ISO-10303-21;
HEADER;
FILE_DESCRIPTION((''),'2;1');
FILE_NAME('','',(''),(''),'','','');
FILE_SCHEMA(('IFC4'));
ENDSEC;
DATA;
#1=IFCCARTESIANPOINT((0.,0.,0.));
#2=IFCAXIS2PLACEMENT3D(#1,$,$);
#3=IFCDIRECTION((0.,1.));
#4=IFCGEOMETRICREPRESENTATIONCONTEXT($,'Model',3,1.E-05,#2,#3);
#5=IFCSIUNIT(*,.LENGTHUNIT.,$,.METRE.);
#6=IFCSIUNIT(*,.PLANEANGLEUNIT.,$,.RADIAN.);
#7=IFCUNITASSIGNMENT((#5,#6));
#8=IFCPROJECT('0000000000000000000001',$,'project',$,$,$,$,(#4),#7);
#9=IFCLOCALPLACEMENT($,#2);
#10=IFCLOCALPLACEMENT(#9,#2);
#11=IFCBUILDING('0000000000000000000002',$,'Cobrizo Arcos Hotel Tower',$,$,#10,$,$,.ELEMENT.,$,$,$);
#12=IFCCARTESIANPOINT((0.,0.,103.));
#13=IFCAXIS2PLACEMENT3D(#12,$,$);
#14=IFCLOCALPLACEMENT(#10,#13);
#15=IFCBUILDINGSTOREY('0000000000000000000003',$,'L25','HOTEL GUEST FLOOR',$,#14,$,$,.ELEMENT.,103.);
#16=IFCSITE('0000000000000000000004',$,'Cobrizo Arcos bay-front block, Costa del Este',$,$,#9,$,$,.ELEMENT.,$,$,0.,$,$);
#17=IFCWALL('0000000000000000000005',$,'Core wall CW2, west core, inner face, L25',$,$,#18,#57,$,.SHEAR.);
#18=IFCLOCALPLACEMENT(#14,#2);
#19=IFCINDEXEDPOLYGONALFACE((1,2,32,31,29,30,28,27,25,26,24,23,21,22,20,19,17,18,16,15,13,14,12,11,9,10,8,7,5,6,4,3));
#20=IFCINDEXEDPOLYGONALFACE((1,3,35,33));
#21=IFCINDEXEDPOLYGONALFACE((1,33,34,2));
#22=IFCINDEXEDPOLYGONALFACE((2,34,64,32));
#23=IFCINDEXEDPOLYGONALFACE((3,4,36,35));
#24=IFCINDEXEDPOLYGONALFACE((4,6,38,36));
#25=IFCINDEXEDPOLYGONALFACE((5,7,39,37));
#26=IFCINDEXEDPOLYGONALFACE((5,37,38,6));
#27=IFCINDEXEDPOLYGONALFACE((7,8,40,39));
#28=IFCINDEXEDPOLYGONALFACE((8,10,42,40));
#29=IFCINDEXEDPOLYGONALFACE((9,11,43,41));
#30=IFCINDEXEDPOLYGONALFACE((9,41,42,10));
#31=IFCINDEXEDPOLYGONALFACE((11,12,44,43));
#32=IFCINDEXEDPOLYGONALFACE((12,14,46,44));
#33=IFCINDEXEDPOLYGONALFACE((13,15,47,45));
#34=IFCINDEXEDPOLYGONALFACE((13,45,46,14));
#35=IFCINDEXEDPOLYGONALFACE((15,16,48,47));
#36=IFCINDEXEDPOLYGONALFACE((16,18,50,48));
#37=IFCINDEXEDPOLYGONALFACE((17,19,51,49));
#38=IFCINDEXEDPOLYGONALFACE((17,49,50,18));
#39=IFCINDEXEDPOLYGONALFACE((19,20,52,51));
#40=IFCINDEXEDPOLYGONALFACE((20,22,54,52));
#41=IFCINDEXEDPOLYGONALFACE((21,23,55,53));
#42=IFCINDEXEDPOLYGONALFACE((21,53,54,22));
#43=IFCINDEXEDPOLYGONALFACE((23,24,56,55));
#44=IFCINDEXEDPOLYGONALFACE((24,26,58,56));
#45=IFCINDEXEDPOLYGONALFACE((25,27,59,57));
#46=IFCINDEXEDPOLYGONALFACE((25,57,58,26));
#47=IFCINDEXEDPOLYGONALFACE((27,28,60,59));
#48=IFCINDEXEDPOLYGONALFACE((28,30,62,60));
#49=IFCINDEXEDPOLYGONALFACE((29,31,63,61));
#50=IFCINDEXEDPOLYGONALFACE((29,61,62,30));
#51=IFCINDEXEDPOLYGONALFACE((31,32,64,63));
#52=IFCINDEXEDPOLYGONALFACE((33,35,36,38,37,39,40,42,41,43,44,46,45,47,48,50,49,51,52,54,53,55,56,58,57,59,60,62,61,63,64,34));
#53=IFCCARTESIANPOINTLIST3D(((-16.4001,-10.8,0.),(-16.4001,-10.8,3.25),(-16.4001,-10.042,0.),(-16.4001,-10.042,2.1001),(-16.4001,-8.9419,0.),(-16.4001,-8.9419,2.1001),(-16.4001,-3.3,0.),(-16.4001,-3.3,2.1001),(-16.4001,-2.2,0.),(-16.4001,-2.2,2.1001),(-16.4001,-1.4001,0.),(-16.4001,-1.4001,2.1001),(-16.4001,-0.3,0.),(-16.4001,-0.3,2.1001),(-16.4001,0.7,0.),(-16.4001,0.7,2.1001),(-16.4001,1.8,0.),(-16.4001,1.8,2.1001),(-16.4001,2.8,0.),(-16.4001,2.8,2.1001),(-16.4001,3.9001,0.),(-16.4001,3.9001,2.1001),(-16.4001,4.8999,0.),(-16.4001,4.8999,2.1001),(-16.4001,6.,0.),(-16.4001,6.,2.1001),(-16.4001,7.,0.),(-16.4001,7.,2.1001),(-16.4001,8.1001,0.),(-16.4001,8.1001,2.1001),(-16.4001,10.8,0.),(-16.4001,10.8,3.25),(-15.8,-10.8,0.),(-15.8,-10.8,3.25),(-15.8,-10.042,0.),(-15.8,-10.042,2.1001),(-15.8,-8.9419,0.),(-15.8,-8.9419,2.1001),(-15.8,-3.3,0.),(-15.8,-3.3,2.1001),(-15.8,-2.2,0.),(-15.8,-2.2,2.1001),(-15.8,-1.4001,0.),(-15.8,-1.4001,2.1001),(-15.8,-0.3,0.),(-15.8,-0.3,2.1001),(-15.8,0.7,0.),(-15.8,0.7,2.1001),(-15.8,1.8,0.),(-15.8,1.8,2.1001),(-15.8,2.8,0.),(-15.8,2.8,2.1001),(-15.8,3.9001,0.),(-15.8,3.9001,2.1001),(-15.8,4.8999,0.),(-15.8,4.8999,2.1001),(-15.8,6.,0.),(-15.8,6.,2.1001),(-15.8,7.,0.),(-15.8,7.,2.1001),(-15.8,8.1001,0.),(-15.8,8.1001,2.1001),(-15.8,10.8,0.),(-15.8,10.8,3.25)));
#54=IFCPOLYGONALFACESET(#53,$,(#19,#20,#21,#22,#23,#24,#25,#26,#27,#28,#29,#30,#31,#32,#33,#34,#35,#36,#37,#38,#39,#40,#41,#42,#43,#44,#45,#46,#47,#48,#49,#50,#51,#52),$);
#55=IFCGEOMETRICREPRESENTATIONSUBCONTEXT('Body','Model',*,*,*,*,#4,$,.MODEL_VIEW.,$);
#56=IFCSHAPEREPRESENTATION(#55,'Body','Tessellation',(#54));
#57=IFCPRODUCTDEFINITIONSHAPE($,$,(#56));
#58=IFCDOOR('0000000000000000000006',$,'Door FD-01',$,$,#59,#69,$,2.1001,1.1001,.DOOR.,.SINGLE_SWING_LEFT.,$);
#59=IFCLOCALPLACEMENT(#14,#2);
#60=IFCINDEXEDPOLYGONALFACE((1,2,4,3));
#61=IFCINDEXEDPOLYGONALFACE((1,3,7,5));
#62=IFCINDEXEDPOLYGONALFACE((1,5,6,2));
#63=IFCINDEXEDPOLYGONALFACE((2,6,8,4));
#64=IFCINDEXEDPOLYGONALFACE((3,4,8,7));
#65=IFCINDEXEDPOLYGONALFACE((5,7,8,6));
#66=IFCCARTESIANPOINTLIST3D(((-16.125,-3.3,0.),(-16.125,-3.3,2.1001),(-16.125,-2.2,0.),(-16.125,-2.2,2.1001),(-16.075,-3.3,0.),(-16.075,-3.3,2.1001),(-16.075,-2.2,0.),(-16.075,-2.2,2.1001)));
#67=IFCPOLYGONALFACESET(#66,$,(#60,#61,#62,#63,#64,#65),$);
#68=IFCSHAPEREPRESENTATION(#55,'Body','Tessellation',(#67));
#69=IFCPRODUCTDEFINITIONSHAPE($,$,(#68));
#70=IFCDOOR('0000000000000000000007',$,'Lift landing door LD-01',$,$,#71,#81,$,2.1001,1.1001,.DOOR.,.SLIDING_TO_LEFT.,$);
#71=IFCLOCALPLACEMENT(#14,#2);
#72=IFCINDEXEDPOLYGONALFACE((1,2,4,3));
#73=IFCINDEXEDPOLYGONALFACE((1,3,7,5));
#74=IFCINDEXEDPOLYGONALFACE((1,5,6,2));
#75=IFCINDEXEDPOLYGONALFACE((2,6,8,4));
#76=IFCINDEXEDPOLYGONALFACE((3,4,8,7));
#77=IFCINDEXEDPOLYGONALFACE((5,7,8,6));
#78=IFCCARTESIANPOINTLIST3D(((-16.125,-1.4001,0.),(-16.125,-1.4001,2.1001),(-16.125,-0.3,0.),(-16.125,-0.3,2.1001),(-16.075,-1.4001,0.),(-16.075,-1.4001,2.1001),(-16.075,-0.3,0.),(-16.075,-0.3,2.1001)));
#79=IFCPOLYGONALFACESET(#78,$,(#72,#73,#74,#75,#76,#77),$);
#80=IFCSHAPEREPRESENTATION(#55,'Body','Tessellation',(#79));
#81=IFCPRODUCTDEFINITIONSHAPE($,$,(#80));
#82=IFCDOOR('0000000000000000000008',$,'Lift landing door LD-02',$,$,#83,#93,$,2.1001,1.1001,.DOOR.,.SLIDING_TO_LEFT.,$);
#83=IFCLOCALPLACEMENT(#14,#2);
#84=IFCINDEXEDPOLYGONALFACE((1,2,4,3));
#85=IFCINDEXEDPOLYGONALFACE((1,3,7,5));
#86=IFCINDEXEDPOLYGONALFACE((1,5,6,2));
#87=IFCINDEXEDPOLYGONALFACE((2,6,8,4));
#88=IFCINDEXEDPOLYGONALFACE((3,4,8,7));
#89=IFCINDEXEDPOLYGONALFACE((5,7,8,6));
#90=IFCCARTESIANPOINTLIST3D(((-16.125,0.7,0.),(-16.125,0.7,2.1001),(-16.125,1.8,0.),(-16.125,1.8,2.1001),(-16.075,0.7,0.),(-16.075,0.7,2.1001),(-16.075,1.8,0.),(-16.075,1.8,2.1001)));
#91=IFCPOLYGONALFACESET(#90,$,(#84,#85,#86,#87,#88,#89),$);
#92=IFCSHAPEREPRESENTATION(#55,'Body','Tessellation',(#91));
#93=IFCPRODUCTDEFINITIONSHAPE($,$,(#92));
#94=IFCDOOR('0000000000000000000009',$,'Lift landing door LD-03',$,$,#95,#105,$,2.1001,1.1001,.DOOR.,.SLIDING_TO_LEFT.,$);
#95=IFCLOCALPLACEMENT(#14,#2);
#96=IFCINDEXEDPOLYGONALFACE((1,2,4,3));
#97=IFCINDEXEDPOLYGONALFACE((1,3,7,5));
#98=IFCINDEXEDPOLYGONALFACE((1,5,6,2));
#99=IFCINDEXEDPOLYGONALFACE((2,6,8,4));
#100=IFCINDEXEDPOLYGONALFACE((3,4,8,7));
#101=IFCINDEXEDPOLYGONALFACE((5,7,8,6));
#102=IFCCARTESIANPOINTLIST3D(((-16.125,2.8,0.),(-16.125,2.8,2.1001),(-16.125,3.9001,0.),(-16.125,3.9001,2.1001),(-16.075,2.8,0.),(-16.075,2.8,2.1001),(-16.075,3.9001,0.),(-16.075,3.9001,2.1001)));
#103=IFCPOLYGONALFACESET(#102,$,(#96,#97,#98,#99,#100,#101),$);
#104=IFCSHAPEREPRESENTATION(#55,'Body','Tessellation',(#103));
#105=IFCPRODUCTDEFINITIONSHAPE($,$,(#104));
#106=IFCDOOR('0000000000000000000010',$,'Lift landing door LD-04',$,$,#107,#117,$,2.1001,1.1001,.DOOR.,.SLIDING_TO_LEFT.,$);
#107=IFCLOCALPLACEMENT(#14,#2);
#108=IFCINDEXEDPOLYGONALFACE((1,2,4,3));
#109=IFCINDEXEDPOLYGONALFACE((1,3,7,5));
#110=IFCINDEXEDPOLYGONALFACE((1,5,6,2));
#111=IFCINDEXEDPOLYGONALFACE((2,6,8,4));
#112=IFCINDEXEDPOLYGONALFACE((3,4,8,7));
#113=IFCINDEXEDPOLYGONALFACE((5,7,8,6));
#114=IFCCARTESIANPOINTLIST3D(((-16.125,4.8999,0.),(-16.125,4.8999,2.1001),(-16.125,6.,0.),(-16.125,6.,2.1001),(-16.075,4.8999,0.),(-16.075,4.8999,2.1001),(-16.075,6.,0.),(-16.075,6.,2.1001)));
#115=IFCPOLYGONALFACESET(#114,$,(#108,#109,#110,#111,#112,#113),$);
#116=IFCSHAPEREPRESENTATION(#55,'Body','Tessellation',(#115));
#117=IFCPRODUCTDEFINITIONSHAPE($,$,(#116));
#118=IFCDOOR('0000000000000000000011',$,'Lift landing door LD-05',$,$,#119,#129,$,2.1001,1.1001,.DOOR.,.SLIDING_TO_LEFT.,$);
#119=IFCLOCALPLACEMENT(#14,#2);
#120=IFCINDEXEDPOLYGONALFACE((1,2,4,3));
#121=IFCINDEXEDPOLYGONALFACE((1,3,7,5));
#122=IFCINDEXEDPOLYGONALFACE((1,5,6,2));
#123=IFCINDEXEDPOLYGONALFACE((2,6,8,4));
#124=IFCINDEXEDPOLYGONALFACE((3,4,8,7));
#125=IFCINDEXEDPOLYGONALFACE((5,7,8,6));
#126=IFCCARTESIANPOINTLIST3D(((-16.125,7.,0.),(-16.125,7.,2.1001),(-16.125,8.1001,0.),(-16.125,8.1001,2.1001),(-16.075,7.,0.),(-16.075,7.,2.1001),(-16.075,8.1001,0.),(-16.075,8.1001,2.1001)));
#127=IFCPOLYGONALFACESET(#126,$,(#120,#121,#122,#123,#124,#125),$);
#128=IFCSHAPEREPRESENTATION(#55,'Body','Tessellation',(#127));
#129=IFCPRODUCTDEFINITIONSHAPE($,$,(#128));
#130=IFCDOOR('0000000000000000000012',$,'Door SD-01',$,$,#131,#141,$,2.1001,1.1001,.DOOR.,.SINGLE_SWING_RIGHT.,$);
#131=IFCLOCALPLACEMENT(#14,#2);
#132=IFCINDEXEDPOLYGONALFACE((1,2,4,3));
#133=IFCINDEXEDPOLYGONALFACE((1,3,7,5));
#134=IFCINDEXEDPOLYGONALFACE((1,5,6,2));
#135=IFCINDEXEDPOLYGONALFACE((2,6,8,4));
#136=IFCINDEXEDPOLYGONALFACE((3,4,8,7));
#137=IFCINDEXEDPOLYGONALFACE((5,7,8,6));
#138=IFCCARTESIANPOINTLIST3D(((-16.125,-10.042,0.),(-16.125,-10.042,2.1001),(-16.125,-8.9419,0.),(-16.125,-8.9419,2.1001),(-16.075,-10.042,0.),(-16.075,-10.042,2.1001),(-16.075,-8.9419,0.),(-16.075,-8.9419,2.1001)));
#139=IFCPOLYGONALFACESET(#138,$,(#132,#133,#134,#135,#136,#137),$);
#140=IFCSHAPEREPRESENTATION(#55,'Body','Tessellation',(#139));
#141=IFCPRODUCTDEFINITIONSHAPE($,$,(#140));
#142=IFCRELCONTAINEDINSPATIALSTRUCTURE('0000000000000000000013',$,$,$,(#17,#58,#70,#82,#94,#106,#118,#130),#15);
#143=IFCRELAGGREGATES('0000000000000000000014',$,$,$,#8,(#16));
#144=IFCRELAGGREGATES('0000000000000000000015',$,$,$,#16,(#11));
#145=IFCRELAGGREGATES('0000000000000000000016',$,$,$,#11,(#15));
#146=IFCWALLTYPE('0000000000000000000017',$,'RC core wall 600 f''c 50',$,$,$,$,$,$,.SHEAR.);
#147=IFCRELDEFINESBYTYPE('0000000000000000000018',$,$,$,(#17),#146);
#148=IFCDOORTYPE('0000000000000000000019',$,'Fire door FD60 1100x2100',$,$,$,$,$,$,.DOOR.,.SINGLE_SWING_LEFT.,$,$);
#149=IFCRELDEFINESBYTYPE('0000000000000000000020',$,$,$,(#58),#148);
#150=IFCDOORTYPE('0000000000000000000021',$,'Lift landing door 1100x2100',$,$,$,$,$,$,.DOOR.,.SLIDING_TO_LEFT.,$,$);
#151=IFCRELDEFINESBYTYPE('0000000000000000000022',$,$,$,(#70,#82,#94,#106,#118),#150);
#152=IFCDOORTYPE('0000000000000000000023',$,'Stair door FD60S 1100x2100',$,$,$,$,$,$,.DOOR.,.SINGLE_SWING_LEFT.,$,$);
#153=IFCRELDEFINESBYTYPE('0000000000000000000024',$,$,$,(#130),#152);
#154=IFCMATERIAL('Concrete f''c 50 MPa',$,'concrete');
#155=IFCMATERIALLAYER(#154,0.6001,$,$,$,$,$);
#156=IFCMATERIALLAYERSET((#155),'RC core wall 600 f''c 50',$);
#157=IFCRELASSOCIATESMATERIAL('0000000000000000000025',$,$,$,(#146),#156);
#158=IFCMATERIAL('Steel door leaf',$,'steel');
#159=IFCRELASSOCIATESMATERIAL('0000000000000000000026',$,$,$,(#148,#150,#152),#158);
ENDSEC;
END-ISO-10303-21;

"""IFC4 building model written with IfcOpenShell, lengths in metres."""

from ifc_helpers import new_model, si_unit, direction, frame, frame_2d, origin, place, context, subcontext, project, spatial, rectangle, extrude, material, layer, layer_set, type_object, element, fill, save


model = new_model("IFC4")

# Units and contexts
model_context = context("Model", 3, precision=1e-05, world=origin(), true_north=direction((0.0, 1.0)))
body_context = subcontext(model_context, "Body", "Model", "MODEL_VIEW")
ifc_project = project(units=[si_unit("LENGTHUNIT", "METRE"), si_unit("PLANEANGLEUNIT", "RADIAN")], contexts=[model_context])

# Site, building, storey
site_placement = place(None, origin())
site = spatial("IfcSite", under=ifc_project, at=site_placement, Name="Cobrizo Arcos bay-front block, Costa del Este", CompositionType="ELEMENT", RefElevation=0.0)
building_placement = place(site_placement, origin())
building = spatial("IfcBuilding", under=site, at=building_placement, Name="Cobrizo Arcos Hotel Tower", CompositionType="ELEMENT")
storey_placement = place(building_placement, frame((0.0, 0.0, 103.0)))
storey = spatial("IfcBuildingStorey", under=building, at=storey_placement, Name="L25", Description="HOTEL GUEST FLOOR", CompositionType="ELEMENT", Elevation=103.0)

# Wall, openings, doors
ifc_material_1 = material(Name="Concrete f'c 50 MPa", Category="concrete")
ifc_layer_1 = layer(ifc_material_1, 0.6001)
ifc_layer_set_1 = layer_set([ifc_layer_1], Name="RC core wall 600 f'c 50")
wall_type_1 = type_object("IfcWallType", Name="RC core wall 600 f'c 50", PredefinedType="SHEAR", material=ifc_layer_set_1)
wall_1_placement = place(storey_placement, frame((-16.1001, -10.8, 0.0), z_axis=(0.0, 0.0, 1.0), x_axis=(0.0, 1.0, 0.0)))
wall_1 = element("IfcWall", 1, at=wall_1_placement, inside=storey, type_object=wall_type_1, Name="Core wall CW2, west core, inner face, L25", PredefinedType="SHEAR", context=body_context, shape_type="SweptSolid", body=[
    extrude(rectangle(XDim=21.6001, YDim=0.6001, at=frame_2d((10.8, 0.0))), origin(), (0.0, 0.0, 1.0), 3.25),
])
opening_1_placement = place(wall_1_placement, frame((9.3999, 0.0, 0.0)))
opening_1 = element("IfcOpeningElement", 2, at=opening_1_placement, cuts=wall_1, PredefinedType="OPENING", context=body_context, shape_type="SweptSolid", body=[
    extrude(rectangle(XDim=1.1001, YDim=2.1001, at=frame_2d((0.55, 1.05))), frame((0.0, 0.312, 0.0), z_axis=(0.0, -1.0, 0.0), x_axis=(1.0, 0.0, 0.0)), (0.0, 0.0, 1.0), 0.624),
])
opening_2_placement = place(wall_1_placement, frame((11.5, 0.0, 0.0)))
opening_2 = element("IfcOpeningElement", 3, at=opening_2_placement, cuts=wall_1, PredefinedType="OPENING", context=body_context, shape_type="SweptSolid", body=[
    extrude(rectangle(XDim=1.1001, YDim=2.1001, at=frame_2d((0.55, 1.05))), frame((0.0, 0.312, 0.0), z_axis=(0.0, -1.0, 0.0), x_axis=(1.0, 0.0, 0.0)), (0.0, 0.0, 1.0), 0.624),
])
opening_3_placement = place(wall_1_placement, frame((13.6001, 0.0, 0.0)))
opening_3 = element("IfcOpeningElement", 4, at=opening_3_placement, cuts=wall_1, PredefinedType="OPENING", context=body_context, shape_type="SweptSolid", body=[
    extrude(rectangle(XDim=1.1001, YDim=2.1001, at=frame_2d((0.55, 1.05))), frame((0.0, 0.312, 0.0), z_axis=(0.0, -1.0, 0.0), x_axis=(1.0, 0.0, 0.0)), (0.0, 0.0, 1.0), 0.624),
])
opening_4_placement = place(wall_1_placement, frame((15.7, 0.0, 0.0)))
opening_4 = element("IfcOpeningElement", 5, at=opening_4_placement, cuts=wall_1, PredefinedType="OPENING", context=body_context, shape_type="SweptSolid", body=[
    extrude(rectangle(XDim=1.1001, YDim=2.1001, at=frame_2d((0.55, 1.05))), frame((0.0, 0.312, 0.0), z_axis=(0.0, -1.0, 0.0), x_axis=(1.0, 0.0, 0.0)), (0.0, 0.0, 1.0), 0.624),
])
opening_5_placement = place(wall_1_placement, frame((17.8, 0.0, 0.0)))
opening_5 = element("IfcOpeningElement", 6, at=opening_5_placement, cuts=wall_1, PredefinedType="OPENING", context=body_context, shape_type="SweptSolid", body=[
    extrude(rectangle(XDim=1.1001, YDim=2.1001, at=frame_2d((0.55, 1.05))), frame((0.0, 0.312, 0.0), z_axis=(0.0, -1.0, 0.0), x_axis=(1.0, 0.0, 0.0)), (0.0, 0.0, 1.0), 0.624),
])
opening_6_placement = place(wall_1_placement, frame((0.7581, 0.0, 0.0)))
opening_6 = element("IfcOpeningElement", 7, at=opening_6_placement, cuts=wall_1, PredefinedType="OPENING", context=body_context, shape_type="SweptSolid", body=[
    extrude(rectangle(XDim=1.1001, YDim=2.1001, at=frame_2d((0.55, 1.05))), frame((0.0, 0.312, 0.0), z_axis=(0.0, -1.0, 0.0), x_axis=(1.0, 0.0, 0.0)), (0.0, 0.0, 1.0), 0.624),
])
opening_7_placement = place(wall_1_placement, frame((7.5, 0.0, 0.0)))
opening_7 = element("IfcOpeningElement", 8, at=opening_7_placement, cuts=wall_1, PredefinedType="OPENING", context=body_context, shape_type="SweptSolid", body=[
    extrude(rectangle(XDim=1.1001, YDim=2.1001, at=frame_2d((0.55, 1.05))), frame((0.0, 0.312, 0.0), z_axis=(0.0, -1.0, 0.0), x_axis=(1.0, 0.0, 0.0)), (0.0, 0.0, 1.0), 0.624),
])
ifc_material_2 = material(Name="Steel door leaf", Category="steel")
door_type_1 = type_object("IfcDoorType", Name="Fire door FD60 1100x2100", OperationType="SINGLE_SWING_LEFT", PredefinedType="DOOR", material=ifc_material_2)
door_1_placement = place(opening_7_placement, origin())
door_1 = element("IfcDoor", 9, at=door_1_placement, inside=storey, type_object=door_type_1, Name="Door FD-01", OperationType="SINGLE_SWING_LEFT", OverallHeight=2.1001, OverallWidth=1.1001, PredefinedType="DOOR", context=body_context, shape_type="SweptSolid", body=[
    extrude(rectangle(XDim=1.1001, YDim=2.1001, at=frame_2d((0.55, 1.05))), frame((0.0, 0.0249, 0.0), z_axis=(0.0, -1.0, 0.0), x_axis=(1.0, 0.0, 0.0)), (0.0, 0.0, 1.0), 0.05),
])
fill(opening_7, door_1)
door_type_2 = type_object("IfcDoorType", Name="Lift landing door 1100x2100", OperationType="SLIDING_TO_LEFT", PredefinedType="DOOR", material=ifc_material_2)
door_2_placement = place(opening_1_placement, origin())
door_2 = element("IfcDoor", 10, at=door_2_placement, inside=storey, type_object=door_type_2, Name="Lift landing door LD-01", OperationType="SLIDING_TO_LEFT", OverallHeight=2.1001, OverallWidth=1.1001, PredefinedType="DOOR", context=body_context, shape_type="SweptSolid", body=[
    extrude(rectangle(XDim=1.1001, YDim=2.1001, at=frame_2d((0.55, 1.05))), frame((0.0, 0.0249, 0.0), z_axis=(0.0, -1.0, 0.0), x_axis=(1.0, 0.0, 0.0)), (0.0, 0.0, 1.0), 0.05),
])
fill(opening_1, door_2)
door_3_placement = place(opening_2_placement, origin())
door_3 = element("IfcDoor", 11, at=door_3_placement, inside=storey, type_object=door_type_2, Name="Lift landing door LD-02", OperationType="SLIDING_TO_LEFT", OverallHeight=2.1001, OverallWidth=1.1001, PredefinedType="DOOR", context=body_context, shape_type="SweptSolid", body=[
    extrude(rectangle(XDim=1.1001, YDim=2.1001, at=frame_2d((0.55, 1.05))), frame((0.0, 0.0249, 0.0), z_axis=(0.0, -1.0, 0.0), x_axis=(1.0, 0.0, 0.0)), (0.0, 0.0, 1.0), 0.05),
])
fill(opening_2, door_3)
door_4_placement = place(opening_3_placement, origin())
door_4 = element("IfcDoor", 12, at=door_4_placement, inside=storey, type_object=door_type_2, Name="Lift landing door LD-03", OperationType="SLIDING_TO_LEFT", OverallHeight=2.1001, OverallWidth=1.1001, PredefinedType="DOOR", context=body_context, shape_type="SweptSolid", body=[
    extrude(rectangle(XDim=1.1001, YDim=2.1001, at=frame_2d((0.55, 1.05))), frame((0.0, 0.0249, 0.0), z_axis=(0.0, -1.0, 0.0), x_axis=(1.0, 0.0, 0.0)), (0.0, 0.0, 1.0), 0.05),
])
fill(opening_3, door_4)
door_5_placement = place(opening_4_placement, origin())
door_5 = element("IfcDoor", 13, at=door_5_placement, inside=storey, type_object=door_type_2, Name="Lift landing door LD-04", OperationType="SLIDING_TO_LEFT", OverallHeight=2.1001, OverallWidth=1.1001, PredefinedType="DOOR", context=body_context, shape_type="SweptSolid", body=[
    extrude(rectangle(XDim=1.1001, YDim=2.1001, at=frame_2d((0.55, 1.05))), frame((0.0, 0.0249, 0.0), z_axis=(0.0, -1.0, 0.0), x_axis=(1.0, 0.0, 0.0)), (0.0, 0.0, 1.0), 0.05),
])
fill(opening_4, door_5)
door_6_placement = place(opening_5_placement, origin())
door_6 = element("IfcDoor", 14, at=door_6_placement, inside=storey, type_object=door_type_2, Name="Lift landing door LD-05", OperationType="SLIDING_TO_LEFT", OverallHeight=2.1001, OverallWidth=1.1001, PredefinedType="DOOR", context=body_context, shape_type="SweptSolid", body=[
    extrude(rectangle(XDim=1.1001, YDim=2.1001, at=frame_2d((0.55, 1.05))), frame((0.0, 0.0249, 0.0), z_axis=(0.0, -1.0, 0.0), x_axis=(1.0, 0.0, 0.0)), (0.0, 0.0, 1.0), 0.05),
])
fill(opening_5, door_6)
door_type_3 = type_object("IfcDoorType", Name="Stair door FD60S 1100x2100", OperationType="SINGLE_SWING_LEFT", PredefinedType="DOOR", material=ifc_material_2)
door_7_placement = place(opening_6_placement, origin())
door_7 = element("IfcDoor", 15, at=door_7_placement, inside=storey, type_object=door_type_3, Name="Door SD-01", OperationType="SINGLE_SWING_RIGHT", OverallHeight=2.1001, OverallWidth=1.1001, PredefinedType="DOOR", context=body_context, shape_type="SweptSolid", body=[
    extrude(rectangle(XDim=1.1001, YDim=2.1001, at=frame_2d((0.55, 1.05))), frame((0.0, 0.0249, 0.0), z_axis=(0.0, -1.0, 0.0), x_axis=(1.0, 0.0, 0.0)), (0.0, 0.0, 1.0), 0.05),
])
fill(opening_6, door_7)

save(model, "model.ifc")
